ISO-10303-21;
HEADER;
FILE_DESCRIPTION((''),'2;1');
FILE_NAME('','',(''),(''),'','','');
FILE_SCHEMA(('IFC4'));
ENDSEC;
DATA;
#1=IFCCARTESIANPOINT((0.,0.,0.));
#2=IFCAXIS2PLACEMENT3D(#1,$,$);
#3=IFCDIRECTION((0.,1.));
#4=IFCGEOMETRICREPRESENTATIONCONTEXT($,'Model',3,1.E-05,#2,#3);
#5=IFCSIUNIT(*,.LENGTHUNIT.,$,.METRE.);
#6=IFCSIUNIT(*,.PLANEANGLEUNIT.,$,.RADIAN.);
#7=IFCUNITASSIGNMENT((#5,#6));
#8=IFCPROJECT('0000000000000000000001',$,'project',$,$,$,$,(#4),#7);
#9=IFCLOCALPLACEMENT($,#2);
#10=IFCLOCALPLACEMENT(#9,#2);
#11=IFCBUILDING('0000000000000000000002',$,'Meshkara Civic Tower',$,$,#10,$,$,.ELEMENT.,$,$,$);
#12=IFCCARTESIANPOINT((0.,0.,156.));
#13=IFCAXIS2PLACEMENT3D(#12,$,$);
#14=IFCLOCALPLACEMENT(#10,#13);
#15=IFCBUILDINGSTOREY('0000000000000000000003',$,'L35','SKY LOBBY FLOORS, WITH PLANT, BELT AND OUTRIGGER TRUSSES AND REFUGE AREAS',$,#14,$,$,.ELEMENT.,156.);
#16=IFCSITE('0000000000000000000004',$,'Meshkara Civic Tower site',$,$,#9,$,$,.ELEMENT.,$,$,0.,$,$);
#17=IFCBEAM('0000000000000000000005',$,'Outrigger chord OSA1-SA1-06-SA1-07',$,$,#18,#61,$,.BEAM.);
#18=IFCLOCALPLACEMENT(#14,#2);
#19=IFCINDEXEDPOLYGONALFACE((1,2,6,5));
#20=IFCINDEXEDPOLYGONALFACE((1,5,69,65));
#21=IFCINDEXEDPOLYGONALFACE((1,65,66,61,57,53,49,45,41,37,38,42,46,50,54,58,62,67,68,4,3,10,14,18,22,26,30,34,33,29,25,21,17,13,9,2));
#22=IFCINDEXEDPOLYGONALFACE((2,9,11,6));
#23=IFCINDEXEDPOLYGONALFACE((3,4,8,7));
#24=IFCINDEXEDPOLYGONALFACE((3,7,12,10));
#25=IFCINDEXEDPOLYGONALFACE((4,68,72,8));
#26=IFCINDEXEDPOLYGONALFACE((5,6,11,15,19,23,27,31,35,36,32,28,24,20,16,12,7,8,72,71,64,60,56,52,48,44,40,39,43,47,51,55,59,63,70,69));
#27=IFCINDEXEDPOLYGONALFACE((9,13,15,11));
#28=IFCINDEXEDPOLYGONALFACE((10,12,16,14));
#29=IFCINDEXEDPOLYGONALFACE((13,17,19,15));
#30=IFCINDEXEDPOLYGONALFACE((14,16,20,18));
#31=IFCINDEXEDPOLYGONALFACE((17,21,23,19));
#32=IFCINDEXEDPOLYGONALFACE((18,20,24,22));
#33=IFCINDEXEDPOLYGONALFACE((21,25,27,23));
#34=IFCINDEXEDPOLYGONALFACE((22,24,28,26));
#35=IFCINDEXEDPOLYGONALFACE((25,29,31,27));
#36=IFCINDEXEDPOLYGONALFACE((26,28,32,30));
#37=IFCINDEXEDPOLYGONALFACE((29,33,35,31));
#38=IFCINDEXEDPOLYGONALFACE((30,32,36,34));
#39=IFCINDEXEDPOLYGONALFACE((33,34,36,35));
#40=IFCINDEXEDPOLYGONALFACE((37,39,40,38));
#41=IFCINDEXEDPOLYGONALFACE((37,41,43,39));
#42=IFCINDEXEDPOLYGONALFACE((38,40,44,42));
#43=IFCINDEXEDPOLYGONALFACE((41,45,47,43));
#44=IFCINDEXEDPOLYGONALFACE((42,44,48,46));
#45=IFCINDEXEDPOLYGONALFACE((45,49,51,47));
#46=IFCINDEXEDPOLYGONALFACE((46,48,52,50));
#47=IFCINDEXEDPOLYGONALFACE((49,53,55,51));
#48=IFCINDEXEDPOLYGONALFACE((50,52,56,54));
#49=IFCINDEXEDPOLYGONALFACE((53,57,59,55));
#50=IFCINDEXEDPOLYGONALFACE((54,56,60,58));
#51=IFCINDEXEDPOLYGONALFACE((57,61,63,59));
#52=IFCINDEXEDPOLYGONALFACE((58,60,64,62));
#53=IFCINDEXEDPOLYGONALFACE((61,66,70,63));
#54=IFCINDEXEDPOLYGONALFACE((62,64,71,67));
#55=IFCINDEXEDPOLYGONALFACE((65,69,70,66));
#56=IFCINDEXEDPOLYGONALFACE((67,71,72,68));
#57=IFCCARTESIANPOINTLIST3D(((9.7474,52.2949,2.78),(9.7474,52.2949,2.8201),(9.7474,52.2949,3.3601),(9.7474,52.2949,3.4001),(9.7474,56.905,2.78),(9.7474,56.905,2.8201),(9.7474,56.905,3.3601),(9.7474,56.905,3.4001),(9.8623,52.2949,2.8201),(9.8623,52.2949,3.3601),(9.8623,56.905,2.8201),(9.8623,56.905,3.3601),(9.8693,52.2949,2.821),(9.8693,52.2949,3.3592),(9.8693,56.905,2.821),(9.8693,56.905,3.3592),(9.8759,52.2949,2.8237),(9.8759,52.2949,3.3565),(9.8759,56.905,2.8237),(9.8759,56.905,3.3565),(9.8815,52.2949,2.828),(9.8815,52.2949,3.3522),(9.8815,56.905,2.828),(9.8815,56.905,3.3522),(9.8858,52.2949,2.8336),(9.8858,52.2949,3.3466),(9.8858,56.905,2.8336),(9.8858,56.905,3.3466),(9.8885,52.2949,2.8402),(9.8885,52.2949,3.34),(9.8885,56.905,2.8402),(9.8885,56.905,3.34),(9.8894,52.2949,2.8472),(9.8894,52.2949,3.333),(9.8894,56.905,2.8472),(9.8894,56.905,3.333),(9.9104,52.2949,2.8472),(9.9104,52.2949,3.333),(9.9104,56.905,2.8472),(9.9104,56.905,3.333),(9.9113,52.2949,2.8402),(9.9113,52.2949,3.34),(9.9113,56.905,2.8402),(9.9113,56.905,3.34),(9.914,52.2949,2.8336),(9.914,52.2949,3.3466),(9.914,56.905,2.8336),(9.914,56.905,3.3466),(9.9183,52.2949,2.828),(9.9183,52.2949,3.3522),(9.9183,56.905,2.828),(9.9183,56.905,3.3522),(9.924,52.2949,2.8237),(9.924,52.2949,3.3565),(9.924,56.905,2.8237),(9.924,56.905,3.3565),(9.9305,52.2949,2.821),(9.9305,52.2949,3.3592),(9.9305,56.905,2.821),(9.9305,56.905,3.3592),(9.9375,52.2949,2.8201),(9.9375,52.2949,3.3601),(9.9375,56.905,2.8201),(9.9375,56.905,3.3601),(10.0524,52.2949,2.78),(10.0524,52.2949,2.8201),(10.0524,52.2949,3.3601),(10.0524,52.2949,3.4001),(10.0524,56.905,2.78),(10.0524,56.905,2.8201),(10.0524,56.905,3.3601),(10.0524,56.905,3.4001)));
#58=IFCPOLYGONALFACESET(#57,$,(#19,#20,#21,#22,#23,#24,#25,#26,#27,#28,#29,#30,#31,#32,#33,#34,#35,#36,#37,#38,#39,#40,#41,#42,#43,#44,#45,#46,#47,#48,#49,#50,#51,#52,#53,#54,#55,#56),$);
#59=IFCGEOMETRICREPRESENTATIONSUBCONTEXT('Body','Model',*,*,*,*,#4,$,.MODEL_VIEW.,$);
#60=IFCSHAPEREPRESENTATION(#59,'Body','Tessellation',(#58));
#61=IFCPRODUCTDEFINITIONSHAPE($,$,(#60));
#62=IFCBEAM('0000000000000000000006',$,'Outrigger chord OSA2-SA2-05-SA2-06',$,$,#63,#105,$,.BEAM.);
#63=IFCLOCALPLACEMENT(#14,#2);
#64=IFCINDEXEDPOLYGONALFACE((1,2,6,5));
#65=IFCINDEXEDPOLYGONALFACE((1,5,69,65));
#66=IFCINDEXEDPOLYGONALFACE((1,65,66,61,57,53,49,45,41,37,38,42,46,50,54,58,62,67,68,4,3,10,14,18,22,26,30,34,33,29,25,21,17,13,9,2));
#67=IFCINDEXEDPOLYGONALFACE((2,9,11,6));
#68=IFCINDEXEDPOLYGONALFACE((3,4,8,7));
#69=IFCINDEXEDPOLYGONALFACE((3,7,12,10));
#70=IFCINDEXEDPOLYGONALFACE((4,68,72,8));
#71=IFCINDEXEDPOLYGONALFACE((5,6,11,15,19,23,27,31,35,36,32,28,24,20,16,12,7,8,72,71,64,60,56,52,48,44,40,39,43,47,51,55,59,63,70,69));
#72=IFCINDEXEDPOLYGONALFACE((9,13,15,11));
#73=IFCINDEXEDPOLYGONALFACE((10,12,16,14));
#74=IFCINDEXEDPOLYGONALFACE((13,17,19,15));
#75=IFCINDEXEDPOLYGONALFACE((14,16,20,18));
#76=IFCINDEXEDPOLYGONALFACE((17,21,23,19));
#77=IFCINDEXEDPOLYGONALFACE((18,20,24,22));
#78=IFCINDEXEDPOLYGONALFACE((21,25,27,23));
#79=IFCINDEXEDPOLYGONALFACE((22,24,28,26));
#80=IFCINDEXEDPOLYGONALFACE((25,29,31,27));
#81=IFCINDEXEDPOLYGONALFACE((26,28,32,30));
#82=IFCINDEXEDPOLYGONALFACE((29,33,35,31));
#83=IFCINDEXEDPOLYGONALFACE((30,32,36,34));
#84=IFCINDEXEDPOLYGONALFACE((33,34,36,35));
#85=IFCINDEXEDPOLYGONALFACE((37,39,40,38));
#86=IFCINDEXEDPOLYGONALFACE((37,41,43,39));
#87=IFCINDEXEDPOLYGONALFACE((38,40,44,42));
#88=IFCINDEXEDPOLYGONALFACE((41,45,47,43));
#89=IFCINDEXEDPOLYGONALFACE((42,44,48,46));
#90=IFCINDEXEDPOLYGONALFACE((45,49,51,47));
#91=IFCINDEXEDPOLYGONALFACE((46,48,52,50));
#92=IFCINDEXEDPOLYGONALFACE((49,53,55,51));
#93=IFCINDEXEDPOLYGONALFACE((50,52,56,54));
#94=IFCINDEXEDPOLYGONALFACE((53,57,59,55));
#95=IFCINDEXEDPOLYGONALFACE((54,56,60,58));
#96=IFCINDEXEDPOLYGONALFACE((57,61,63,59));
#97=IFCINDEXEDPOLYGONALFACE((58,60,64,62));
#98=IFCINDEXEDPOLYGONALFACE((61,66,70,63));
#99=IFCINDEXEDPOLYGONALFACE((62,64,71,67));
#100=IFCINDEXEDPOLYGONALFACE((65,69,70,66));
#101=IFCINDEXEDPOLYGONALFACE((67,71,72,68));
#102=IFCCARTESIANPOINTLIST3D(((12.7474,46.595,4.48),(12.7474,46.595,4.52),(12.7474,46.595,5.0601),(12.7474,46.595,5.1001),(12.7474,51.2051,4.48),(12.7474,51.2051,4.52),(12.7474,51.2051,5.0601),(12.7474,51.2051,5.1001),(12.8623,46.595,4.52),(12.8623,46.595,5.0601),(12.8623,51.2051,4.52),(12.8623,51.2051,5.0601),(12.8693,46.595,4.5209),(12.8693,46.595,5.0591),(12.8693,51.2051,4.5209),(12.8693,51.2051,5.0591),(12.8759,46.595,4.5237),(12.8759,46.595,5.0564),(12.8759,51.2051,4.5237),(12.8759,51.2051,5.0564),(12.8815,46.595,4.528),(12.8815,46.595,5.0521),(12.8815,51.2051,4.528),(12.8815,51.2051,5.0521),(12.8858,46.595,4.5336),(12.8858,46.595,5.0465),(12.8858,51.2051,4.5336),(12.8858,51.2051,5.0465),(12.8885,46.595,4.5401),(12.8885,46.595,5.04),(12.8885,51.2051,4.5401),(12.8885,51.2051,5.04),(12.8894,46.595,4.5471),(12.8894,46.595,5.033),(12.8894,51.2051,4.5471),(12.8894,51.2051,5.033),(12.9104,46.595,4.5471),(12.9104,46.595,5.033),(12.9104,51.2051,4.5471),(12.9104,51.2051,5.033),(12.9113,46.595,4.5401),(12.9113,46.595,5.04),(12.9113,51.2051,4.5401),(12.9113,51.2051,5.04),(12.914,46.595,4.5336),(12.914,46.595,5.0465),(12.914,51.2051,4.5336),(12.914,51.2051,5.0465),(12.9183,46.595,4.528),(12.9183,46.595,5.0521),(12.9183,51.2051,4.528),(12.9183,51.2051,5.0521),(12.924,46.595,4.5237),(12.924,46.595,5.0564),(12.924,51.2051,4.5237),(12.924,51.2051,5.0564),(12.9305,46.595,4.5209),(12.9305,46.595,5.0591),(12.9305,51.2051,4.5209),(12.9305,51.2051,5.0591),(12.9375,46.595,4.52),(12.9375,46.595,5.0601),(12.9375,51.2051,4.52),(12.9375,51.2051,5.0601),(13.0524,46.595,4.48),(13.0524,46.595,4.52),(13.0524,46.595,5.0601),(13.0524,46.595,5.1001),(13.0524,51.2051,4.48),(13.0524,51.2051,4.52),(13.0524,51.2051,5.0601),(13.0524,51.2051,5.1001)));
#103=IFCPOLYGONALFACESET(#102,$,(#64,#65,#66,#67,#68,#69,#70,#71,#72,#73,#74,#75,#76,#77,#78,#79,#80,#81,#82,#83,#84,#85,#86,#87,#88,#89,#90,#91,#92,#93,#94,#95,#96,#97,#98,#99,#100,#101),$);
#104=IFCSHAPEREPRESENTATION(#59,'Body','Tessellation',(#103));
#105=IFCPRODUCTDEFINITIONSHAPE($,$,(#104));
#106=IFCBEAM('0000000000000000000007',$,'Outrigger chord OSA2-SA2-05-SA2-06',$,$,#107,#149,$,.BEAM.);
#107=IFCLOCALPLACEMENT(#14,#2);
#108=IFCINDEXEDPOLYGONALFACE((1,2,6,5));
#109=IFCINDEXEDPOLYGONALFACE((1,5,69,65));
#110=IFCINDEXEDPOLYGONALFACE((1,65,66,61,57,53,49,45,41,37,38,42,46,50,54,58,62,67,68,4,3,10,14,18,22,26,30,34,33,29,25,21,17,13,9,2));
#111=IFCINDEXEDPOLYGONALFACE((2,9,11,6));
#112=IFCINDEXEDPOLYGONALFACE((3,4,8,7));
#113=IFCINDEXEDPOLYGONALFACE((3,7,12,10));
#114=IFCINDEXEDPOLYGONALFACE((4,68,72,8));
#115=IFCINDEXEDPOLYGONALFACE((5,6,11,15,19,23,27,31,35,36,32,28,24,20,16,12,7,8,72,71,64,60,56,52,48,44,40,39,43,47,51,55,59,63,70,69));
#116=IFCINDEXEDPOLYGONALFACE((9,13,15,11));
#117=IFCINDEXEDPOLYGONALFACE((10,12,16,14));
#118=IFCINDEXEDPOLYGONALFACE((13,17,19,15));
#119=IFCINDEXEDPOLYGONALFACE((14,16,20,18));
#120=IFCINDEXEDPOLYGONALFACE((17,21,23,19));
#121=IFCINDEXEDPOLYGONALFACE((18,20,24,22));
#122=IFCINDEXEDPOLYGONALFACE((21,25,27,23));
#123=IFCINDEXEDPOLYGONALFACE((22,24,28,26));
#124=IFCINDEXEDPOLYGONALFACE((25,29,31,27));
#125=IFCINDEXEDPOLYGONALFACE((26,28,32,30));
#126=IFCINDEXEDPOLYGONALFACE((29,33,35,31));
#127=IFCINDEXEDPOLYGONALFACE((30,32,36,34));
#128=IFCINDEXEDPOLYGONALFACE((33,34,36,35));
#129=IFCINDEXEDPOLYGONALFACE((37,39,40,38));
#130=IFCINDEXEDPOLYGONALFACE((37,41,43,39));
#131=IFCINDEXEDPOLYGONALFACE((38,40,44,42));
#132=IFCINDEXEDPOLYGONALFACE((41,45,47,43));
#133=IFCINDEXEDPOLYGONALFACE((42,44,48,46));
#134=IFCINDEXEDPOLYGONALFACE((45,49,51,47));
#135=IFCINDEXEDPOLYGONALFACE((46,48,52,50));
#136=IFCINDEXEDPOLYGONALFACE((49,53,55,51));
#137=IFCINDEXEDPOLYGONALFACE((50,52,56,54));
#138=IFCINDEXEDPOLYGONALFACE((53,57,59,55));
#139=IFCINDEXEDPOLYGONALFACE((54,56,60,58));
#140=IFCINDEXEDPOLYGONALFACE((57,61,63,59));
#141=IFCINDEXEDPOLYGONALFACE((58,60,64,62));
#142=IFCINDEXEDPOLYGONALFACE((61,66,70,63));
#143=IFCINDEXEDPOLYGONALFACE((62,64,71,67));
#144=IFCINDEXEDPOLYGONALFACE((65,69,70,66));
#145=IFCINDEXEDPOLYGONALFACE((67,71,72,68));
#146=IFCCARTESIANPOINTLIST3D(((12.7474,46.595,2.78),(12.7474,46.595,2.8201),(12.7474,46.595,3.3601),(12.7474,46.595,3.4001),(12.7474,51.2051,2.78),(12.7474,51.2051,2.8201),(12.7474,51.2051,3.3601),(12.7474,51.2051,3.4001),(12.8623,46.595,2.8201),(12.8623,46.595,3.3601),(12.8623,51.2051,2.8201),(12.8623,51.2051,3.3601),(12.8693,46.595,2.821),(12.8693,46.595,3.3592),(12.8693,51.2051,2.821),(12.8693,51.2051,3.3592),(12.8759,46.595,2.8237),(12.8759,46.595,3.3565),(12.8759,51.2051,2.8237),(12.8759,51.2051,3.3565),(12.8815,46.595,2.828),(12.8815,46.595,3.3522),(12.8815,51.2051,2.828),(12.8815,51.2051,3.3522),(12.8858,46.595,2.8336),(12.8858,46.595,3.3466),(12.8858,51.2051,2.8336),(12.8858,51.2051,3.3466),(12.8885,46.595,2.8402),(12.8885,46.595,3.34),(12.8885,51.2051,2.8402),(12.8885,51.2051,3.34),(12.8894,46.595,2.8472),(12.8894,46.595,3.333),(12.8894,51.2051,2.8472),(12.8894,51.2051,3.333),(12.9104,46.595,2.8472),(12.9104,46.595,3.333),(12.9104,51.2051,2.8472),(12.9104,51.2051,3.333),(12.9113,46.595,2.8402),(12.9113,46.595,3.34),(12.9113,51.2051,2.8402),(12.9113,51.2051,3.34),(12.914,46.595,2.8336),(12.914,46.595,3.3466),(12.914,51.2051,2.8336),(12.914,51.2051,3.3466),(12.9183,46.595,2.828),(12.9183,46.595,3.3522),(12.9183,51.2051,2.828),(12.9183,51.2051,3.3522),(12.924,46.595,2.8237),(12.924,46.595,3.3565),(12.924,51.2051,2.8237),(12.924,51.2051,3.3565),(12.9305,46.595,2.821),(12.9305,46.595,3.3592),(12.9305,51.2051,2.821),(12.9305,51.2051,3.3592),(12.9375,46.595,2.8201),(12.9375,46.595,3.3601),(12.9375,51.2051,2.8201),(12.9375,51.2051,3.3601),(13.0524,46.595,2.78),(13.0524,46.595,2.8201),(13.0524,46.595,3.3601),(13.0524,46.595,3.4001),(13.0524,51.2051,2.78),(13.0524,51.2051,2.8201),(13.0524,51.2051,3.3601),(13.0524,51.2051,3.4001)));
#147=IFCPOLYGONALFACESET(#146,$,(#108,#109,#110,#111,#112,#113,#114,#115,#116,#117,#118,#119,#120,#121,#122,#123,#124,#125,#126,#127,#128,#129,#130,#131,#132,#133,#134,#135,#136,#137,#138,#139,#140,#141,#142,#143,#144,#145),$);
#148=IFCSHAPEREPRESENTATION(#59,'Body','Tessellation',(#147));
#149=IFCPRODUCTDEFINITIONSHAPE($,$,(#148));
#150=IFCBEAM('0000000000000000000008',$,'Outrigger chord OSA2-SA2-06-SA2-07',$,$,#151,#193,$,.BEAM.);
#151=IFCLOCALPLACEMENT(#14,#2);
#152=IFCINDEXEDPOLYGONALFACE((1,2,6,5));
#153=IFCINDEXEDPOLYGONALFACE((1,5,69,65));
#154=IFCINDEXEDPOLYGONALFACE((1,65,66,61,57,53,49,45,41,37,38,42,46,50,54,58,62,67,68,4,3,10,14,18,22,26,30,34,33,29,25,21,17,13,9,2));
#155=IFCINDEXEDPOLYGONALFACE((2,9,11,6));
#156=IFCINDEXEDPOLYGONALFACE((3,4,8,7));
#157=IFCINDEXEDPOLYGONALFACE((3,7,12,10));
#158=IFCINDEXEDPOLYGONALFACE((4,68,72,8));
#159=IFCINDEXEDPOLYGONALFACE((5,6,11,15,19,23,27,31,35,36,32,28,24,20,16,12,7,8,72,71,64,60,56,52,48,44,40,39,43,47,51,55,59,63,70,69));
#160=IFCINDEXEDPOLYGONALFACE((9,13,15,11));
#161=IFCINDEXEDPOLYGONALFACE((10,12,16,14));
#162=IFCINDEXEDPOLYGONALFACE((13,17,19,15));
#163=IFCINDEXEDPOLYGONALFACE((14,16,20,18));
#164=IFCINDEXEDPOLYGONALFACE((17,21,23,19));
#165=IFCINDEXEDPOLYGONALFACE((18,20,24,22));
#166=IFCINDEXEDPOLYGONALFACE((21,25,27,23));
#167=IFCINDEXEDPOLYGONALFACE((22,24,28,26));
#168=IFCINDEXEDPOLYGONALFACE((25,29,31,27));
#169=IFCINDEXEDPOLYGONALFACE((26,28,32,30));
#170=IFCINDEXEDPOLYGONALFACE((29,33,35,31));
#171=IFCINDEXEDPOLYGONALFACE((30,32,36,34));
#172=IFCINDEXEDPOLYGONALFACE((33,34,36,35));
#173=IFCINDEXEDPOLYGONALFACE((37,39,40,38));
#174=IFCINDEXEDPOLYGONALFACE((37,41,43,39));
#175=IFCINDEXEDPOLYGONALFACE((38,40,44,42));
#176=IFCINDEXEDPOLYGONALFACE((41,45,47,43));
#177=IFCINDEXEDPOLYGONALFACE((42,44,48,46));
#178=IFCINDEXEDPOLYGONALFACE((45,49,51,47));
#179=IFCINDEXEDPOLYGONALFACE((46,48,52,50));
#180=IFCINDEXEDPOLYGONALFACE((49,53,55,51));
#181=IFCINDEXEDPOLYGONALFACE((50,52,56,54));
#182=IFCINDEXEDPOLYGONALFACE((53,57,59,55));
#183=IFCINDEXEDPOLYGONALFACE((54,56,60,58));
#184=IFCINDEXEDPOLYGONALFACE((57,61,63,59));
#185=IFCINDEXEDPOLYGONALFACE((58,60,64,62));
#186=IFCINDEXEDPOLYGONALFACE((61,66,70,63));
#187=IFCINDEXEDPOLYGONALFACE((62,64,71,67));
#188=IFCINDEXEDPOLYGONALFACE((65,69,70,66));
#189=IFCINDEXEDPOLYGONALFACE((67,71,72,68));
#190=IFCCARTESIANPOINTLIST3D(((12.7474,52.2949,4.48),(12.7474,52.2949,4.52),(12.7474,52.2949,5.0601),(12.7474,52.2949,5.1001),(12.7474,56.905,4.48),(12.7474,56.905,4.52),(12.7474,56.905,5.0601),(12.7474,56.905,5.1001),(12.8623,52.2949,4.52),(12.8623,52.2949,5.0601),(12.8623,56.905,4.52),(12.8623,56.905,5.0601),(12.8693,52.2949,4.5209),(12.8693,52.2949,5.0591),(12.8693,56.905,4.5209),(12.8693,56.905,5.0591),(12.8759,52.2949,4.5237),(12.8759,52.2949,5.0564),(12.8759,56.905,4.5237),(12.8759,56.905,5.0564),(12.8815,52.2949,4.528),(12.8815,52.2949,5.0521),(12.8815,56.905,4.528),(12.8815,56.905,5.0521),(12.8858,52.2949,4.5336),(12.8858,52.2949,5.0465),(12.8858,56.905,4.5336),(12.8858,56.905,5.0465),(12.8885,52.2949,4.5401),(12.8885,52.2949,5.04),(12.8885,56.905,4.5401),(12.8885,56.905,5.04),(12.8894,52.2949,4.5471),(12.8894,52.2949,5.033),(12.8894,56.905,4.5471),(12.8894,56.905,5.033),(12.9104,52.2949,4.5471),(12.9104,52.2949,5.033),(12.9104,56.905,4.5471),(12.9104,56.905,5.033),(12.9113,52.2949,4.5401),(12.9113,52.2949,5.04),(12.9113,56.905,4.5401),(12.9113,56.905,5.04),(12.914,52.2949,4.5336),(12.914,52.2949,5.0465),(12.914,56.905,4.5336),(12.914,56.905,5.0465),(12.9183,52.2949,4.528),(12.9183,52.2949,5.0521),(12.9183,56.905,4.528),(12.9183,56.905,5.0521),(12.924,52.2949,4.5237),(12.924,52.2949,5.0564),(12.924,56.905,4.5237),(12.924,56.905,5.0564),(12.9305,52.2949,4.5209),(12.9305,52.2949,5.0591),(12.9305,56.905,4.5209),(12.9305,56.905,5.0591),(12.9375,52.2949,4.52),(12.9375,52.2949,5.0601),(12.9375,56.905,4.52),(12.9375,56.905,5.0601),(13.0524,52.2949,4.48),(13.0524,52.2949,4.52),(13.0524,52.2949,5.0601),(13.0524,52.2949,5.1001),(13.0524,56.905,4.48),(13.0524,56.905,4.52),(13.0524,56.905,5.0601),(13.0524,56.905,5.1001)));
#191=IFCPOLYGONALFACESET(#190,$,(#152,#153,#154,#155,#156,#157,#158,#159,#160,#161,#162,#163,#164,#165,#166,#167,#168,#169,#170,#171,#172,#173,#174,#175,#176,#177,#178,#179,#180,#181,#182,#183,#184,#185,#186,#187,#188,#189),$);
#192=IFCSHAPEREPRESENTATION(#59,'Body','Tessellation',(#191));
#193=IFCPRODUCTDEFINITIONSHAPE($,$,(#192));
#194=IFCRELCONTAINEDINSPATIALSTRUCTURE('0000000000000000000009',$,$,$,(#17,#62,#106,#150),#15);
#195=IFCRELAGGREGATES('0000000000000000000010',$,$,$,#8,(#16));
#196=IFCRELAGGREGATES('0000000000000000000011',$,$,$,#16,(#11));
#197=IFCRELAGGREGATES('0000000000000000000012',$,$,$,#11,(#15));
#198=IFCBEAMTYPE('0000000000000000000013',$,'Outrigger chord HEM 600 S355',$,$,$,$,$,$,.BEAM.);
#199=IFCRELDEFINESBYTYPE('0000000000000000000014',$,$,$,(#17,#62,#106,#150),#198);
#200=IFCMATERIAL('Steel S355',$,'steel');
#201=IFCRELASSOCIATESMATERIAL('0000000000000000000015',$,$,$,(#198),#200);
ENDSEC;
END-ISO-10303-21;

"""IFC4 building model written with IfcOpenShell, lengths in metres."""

from ifc_helpers import new_model, si_unit, direction, frame, origin, origin_2d, place, context, subcontext, project, spatial, i_section, extrude, material, material_profile, profile_set, type_object, element, save


model = new_model("IFC4")

# Units and contexts
model_context = context("Model", 3, precision=1e-05, world=origin(), true_north=direction((0.0, 1.0)))
body_context = subcontext(model_context, "Body", "Model", "MODEL_VIEW")
ifc_project = project(units=[si_unit("LENGTHUNIT", "METRE"), si_unit("PLANEANGLEUNIT", "RADIAN")], contexts=[model_context])

# Site, building, storey
site_placement = place(None, origin())
site = spatial("IfcSite", under=ifc_project, at=site_placement, Name="Meshkara Civic Tower site", CompositionType="ELEMENT", RefElevation=0.0)
building_placement = place(site_placement, origin())
building = spatial("IfcBuilding", under=site, at=building_placement, Name="Meshkara Civic Tower", CompositionType="ELEMENT")
storey_placement = place(building_placement, frame((0.0, 0.0, 156.0)))
storey = spatial("IfcBuildingStorey", under=building, at=storey_placement, Name="L35", Description="SKY LOBBY FLOORS, WITH PLANT, BELT AND OUTRIGGER TRUSSES AND REFUGE AREAS", CompositionType="ELEMENT", Elevation=156.0)

# Beams
ifc_material_1 = material(Name="Steel S355", Category="steel")
ifc_material_profile_1 = material_profile(ifc_material_1, i_section(OverallWidth=0.3049, OverallDepth=0.6201, WebThickness=0.021, FlangeThickness=0.04, FilletRadius=0.0271, at=origin_2d()))
ifc_profile_set_1 = profile_set([ifc_material_profile_1], Name="Steel S355")
beam_type_1 = type_object("IfcBeamType", Name="Outrigger chord HEM 600 S355", PredefinedType="BEAM", material=ifc_profile_set_1)
for number, where, z_axis, x_axis, name in (
    (1, (9.8999, 52.2949, 3.0901), (0.0, 1.0, 0.0), (-1.0, 0.0, 0.0), "Outrigger chord OSA1-SA1-06-SA1-07"),
    (2, (12.8999, 46.595, 4.79), (0.0, 1.0, 0.0), (-1.0, 0.0, 0.0), "Outrigger chord OSA2-SA2-05-SA2-06"),
    (3, (12.8999, 46.595, 3.0901), (0.0, 1.0, 0.0), (-1.0, 0.0, 0.0), "Outrigger chord OSA2-SA2-05-SA2-06"),
    (4, (12.8999, 52.2949, 4.79), (0.0, 1.0, 0.0), (-1.0, 0.0, 0.0), "Outrigger chord OSA2-SA2-06-SA2-07"),
):
    element("IfcBeam", number, at=place(storey_placement, frame(where, z_axis=z_axis, x_axis=x_axis)), inside=storey, type_object=beam_type_1, Name=name, PredefinedType="BEAM", context=body_context, shape_type="SweptSolid", body=[
        extrude(i_section(OverallWidth=0.3049, OverallDepth=0.6201, WebThickness=0.021, FlangeThickness=0.04, FilletRadius=0.0271, at=origin_2d()), origin(), (0.0, 0.0, 1.0), 4.6101),
    ])

save(model, "model.ifc")
